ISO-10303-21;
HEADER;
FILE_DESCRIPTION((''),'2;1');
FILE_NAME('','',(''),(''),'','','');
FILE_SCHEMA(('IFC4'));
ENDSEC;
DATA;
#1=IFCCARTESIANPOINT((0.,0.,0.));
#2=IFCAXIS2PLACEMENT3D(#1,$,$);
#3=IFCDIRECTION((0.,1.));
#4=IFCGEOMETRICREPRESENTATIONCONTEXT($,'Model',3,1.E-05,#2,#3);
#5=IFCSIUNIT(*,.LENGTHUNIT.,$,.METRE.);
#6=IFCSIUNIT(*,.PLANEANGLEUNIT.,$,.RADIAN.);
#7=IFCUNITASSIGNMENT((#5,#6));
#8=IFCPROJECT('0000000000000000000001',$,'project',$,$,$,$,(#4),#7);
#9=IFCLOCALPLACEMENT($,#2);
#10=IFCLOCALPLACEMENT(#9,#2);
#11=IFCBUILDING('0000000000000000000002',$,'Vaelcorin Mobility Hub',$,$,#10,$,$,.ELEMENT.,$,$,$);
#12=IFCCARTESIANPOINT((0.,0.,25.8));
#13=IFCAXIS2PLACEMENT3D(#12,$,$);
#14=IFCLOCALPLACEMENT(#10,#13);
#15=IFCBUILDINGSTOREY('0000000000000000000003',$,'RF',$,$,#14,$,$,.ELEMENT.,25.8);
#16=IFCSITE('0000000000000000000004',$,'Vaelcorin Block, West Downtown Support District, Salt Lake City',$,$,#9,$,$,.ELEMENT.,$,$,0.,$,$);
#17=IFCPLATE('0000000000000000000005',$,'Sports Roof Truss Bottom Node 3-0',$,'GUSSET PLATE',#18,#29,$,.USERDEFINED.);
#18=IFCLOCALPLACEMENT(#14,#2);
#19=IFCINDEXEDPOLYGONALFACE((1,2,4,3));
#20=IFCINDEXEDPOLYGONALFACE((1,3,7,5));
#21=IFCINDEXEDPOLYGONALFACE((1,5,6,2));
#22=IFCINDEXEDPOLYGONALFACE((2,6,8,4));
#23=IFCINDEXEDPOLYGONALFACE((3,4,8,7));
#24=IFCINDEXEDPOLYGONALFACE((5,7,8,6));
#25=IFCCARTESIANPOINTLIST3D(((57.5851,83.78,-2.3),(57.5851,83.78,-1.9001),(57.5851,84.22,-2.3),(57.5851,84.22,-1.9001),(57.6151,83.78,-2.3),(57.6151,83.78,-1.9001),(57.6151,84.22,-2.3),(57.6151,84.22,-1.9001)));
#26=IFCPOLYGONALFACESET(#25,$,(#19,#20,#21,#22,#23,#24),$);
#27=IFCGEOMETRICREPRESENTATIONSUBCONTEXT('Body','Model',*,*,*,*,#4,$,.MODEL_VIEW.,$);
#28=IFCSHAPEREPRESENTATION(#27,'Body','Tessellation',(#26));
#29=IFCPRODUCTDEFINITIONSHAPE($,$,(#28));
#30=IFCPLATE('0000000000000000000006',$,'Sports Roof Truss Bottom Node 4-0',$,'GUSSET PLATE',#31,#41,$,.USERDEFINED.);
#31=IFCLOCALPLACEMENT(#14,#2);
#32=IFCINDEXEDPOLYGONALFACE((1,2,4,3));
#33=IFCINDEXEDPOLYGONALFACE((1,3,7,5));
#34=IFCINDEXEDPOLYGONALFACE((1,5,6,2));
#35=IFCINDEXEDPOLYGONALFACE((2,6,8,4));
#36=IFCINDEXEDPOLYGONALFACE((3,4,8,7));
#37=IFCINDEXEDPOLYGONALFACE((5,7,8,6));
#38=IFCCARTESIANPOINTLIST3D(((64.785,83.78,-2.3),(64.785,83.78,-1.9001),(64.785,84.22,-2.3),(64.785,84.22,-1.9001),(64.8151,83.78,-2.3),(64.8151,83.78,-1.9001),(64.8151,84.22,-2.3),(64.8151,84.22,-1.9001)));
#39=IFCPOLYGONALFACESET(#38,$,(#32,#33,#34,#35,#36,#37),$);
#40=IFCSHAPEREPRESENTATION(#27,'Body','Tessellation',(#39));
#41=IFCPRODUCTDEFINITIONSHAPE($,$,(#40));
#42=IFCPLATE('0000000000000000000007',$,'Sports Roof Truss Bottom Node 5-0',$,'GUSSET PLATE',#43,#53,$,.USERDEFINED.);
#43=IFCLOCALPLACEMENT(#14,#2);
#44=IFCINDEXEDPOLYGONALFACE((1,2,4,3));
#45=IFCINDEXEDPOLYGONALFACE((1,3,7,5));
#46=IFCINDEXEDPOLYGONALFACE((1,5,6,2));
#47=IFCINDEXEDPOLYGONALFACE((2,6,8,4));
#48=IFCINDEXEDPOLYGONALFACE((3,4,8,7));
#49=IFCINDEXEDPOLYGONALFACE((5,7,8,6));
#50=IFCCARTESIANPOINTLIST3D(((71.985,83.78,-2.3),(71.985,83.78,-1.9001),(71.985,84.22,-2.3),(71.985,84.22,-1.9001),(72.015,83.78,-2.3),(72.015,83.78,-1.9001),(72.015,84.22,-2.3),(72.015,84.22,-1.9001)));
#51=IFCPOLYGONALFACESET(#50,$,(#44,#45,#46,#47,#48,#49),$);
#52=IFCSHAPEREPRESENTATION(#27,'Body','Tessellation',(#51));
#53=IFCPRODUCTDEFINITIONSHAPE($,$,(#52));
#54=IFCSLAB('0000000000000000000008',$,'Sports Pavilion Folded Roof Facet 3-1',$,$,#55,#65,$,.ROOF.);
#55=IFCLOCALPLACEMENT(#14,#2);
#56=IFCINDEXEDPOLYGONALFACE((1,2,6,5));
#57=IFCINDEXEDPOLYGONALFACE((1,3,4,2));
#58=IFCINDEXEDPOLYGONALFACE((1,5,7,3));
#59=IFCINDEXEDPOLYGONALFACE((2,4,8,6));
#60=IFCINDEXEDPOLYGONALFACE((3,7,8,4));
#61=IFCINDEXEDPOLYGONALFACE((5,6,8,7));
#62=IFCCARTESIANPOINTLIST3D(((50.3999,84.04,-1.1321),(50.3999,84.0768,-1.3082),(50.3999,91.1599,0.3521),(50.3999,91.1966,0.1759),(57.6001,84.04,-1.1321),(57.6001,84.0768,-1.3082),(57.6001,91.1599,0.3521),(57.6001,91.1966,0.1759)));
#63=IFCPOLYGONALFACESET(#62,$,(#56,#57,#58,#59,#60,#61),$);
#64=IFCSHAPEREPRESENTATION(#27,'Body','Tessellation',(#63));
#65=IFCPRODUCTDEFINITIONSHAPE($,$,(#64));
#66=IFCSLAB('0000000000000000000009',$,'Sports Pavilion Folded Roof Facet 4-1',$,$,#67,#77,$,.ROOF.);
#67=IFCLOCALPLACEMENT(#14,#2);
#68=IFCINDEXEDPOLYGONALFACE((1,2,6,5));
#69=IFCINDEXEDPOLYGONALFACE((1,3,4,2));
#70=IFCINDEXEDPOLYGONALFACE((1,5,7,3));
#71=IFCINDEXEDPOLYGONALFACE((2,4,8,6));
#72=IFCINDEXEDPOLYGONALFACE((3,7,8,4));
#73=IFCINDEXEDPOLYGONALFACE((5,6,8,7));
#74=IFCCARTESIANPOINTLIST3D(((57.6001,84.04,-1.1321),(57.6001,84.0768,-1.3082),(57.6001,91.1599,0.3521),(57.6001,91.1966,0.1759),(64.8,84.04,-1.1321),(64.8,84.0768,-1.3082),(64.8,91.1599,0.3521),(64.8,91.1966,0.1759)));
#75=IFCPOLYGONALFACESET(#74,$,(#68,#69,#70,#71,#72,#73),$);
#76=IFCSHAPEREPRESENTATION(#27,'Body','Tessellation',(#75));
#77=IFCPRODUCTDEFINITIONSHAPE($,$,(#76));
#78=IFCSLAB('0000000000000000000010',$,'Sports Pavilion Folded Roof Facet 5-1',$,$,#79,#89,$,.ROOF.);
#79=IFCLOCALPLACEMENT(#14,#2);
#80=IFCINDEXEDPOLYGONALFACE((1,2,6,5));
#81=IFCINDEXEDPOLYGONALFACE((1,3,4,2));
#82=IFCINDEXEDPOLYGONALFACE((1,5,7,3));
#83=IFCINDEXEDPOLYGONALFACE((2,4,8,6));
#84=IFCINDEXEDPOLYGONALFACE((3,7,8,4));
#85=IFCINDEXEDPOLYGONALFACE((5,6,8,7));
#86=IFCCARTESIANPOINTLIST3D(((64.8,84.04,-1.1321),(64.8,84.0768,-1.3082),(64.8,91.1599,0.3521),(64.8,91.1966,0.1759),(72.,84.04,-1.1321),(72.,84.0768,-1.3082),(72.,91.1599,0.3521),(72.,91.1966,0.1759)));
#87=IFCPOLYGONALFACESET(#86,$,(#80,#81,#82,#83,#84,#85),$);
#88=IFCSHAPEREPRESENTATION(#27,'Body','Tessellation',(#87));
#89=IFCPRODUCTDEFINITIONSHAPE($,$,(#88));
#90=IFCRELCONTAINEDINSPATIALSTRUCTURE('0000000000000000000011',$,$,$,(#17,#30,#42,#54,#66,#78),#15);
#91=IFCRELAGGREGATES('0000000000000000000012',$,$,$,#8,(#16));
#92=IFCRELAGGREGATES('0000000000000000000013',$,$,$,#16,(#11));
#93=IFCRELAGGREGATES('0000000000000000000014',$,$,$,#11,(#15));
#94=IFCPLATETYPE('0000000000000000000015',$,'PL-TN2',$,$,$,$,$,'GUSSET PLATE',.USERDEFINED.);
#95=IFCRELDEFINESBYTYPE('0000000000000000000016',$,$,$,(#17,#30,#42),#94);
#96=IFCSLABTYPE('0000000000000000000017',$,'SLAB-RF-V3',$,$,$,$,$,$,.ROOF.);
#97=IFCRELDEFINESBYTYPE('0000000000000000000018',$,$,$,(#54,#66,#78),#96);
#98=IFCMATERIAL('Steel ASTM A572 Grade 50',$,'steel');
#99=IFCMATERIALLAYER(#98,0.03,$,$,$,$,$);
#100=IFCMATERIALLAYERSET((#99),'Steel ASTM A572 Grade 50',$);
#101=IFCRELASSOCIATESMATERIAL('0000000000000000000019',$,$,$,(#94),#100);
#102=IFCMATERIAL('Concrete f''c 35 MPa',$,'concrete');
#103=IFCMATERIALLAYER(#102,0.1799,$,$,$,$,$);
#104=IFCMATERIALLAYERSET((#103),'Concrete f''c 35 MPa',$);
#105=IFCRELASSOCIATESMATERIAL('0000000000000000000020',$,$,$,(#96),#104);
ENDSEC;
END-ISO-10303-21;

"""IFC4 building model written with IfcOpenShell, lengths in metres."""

from ifc_helpers import new_model, si_unit, direction, frame, origin, origin_2d, place, context, subcontext, project, spatial, polyline, rectangle, outline, extrude, material, layer, layer_set, type_object, element, save


model = new_model("IFC4")

# Units and contexts
model_context = context("Model", 3, precision=1e-05, world=origin(), true_north=direction((0.0, 1.0)))
body_context = subcontext(model_context, "Body", "Model", "MODEL_VIEW")
ifc_project = project(units=[si_unit("LENGTHUNIT", "METRE"), si_unit("PLANEANGLEUNIT", "RADIAN")], contexts=[model_context])

# Site, building, storey
site_placement = place(None, origin())
site = spatial("IfcSite", under=ifc_project, at=site_placement, Name="Vaelcorin Block, West Downtown Support District, Salt Lake City", CompositionType="ELEMENT", RefElevation=0.0)
building_placement = place(site_placement, origin())
building = spatial("IfcBuilding", under=site, at=building_placement, Name="Vaelcorin Mobility Hub", CompositionType="ELEMENT")
storey_placement = place(building_placement, frame((0.0, 0.0, 25.8)))
storey = spatial("IfcBuildingStorey", under=building, at=storey_placement, Name="RF", CompositionType="ELEMENT", Elevation=25.8)

# Plates
ifc_material_1 = material(Name="Steel ASTM A572 Grade 50", Category="steel")
ifc_layer_1 = layer(ifc_material_1, 0.03)
ifc_layer_set_1 = layer_set([ifc_layer_1], Name="Steel ASTM A572 Grade 50")
plate_type_1 = type_object("IfcPlateType", Name="PL-TN2", ElementType="GUSSET PLATE", PredefinedType="USERDEFINED", material=ifc_layer_set_1)
for number, where, z_axis, x_axis, name in (
    (1, (57.6001, 84.0, -2.3), (0.0, 0.0, 1.0), (1.0, 0.0, 0.0), "Sports Roof Truss Bottom Node 3-0"),
    (2, (64.8, 84.0, -2.3), (0.0, 0.0, 1.0), (1.0, 0.0, 0.0), "Sports Roof Truss Bottom Node 4-0"),
    (3, (72.0, 84.0, -2.3), (0.0, 0.0, 1.0), (1.0, 0.0, 0.0), "Sports Roof Truss Bottom Node 5-0"),
):
    element("IfcPlate", number, at=place(storey_placement, frame(where, z_axis=z_axis, x_axis=x_axis)), inside=storey, type_object=plate_type_1, Name=name, ObjectType="GUSSET PLATE", PredefinedType="USERDEFINED", context=body_context, shape_type="SweptSolid", body=[
        extrude(rectangle(XDim=0.03, YDim=0.4399, at=origin_2d()), origin(), (0.0, 0.0, 1.0), 0.3999),
    ])

# Slabs
ifc_material_2 = material(Name="Concrete f'c 35 MPa", Category="concrete")
ifc_layer_2 = layer(ifc_material_2, 0.1799)
ifc_layer_set_2 = layer_set([ifc_layer_2], Name="Concrete f'c 35 MPa")
slab_type = type_object("IfcSlabType", Name="SLAB-RF-V3", PredefinedType="ROOF", material=ifc_layer_set_2)
slab_placement = place(storey_placement, frame((50.3999, 84.04, -1.1321), z_axis=(0.0, -0.204063, 0.978958), x_axis=(1.0, 0.0, 0.0)))
element("IfcSlab", 4, at=slab_placement, inside=storey, type_object=slab_type, Name="Sports Pavilion Folded Roof Facet 3-1", PredefinedType="ROOF", context=body_context, shape_type="SweptSolid", body=[
    extrude(outline(polyline([(0.0, 0.0), (7.2002, 0.0), (7.2002, 7.2729), (0.0, 7.2729), (0.0, 0.0)])), origin(), (0.0, 0.0, -1.0), 0.1799),
])
for number, where, z_axis, x_axis, name in (
    (5, (57.6001, 84.04, -1.1321), (0.0, -0.204063, 0.978958), (1.0, 0.0, 0.0), "Sports Pavilion Folded Roof Facet 4-1"),
    (6, (64.8, 84.04, -1.1321), (0.0, -0.204063, 0.978958), (1.0, 0.0, 0.0), "Sports Pavilion Folded Roof Facet 5-1"),
):
    element("IfcSlab", number, at=place(storey_placement, frame(where, z_axis=z_axis, x_axis=x_axis)), inside=storey, type_object=slab_type, Name=name, PredefinedType="ROOF", context=body_context, shape_type="SweptSolid", body=[
        extrude(outline(polyline([(0.0, 0.0), (7.2, 0.0), (7.2, 7.2729), (0.0, 7.2729), (0.0, 0.0)])), origin(), (0.0, 0.0, -1.0), 0.1799),
    ])

save(model, "model.ifc")
